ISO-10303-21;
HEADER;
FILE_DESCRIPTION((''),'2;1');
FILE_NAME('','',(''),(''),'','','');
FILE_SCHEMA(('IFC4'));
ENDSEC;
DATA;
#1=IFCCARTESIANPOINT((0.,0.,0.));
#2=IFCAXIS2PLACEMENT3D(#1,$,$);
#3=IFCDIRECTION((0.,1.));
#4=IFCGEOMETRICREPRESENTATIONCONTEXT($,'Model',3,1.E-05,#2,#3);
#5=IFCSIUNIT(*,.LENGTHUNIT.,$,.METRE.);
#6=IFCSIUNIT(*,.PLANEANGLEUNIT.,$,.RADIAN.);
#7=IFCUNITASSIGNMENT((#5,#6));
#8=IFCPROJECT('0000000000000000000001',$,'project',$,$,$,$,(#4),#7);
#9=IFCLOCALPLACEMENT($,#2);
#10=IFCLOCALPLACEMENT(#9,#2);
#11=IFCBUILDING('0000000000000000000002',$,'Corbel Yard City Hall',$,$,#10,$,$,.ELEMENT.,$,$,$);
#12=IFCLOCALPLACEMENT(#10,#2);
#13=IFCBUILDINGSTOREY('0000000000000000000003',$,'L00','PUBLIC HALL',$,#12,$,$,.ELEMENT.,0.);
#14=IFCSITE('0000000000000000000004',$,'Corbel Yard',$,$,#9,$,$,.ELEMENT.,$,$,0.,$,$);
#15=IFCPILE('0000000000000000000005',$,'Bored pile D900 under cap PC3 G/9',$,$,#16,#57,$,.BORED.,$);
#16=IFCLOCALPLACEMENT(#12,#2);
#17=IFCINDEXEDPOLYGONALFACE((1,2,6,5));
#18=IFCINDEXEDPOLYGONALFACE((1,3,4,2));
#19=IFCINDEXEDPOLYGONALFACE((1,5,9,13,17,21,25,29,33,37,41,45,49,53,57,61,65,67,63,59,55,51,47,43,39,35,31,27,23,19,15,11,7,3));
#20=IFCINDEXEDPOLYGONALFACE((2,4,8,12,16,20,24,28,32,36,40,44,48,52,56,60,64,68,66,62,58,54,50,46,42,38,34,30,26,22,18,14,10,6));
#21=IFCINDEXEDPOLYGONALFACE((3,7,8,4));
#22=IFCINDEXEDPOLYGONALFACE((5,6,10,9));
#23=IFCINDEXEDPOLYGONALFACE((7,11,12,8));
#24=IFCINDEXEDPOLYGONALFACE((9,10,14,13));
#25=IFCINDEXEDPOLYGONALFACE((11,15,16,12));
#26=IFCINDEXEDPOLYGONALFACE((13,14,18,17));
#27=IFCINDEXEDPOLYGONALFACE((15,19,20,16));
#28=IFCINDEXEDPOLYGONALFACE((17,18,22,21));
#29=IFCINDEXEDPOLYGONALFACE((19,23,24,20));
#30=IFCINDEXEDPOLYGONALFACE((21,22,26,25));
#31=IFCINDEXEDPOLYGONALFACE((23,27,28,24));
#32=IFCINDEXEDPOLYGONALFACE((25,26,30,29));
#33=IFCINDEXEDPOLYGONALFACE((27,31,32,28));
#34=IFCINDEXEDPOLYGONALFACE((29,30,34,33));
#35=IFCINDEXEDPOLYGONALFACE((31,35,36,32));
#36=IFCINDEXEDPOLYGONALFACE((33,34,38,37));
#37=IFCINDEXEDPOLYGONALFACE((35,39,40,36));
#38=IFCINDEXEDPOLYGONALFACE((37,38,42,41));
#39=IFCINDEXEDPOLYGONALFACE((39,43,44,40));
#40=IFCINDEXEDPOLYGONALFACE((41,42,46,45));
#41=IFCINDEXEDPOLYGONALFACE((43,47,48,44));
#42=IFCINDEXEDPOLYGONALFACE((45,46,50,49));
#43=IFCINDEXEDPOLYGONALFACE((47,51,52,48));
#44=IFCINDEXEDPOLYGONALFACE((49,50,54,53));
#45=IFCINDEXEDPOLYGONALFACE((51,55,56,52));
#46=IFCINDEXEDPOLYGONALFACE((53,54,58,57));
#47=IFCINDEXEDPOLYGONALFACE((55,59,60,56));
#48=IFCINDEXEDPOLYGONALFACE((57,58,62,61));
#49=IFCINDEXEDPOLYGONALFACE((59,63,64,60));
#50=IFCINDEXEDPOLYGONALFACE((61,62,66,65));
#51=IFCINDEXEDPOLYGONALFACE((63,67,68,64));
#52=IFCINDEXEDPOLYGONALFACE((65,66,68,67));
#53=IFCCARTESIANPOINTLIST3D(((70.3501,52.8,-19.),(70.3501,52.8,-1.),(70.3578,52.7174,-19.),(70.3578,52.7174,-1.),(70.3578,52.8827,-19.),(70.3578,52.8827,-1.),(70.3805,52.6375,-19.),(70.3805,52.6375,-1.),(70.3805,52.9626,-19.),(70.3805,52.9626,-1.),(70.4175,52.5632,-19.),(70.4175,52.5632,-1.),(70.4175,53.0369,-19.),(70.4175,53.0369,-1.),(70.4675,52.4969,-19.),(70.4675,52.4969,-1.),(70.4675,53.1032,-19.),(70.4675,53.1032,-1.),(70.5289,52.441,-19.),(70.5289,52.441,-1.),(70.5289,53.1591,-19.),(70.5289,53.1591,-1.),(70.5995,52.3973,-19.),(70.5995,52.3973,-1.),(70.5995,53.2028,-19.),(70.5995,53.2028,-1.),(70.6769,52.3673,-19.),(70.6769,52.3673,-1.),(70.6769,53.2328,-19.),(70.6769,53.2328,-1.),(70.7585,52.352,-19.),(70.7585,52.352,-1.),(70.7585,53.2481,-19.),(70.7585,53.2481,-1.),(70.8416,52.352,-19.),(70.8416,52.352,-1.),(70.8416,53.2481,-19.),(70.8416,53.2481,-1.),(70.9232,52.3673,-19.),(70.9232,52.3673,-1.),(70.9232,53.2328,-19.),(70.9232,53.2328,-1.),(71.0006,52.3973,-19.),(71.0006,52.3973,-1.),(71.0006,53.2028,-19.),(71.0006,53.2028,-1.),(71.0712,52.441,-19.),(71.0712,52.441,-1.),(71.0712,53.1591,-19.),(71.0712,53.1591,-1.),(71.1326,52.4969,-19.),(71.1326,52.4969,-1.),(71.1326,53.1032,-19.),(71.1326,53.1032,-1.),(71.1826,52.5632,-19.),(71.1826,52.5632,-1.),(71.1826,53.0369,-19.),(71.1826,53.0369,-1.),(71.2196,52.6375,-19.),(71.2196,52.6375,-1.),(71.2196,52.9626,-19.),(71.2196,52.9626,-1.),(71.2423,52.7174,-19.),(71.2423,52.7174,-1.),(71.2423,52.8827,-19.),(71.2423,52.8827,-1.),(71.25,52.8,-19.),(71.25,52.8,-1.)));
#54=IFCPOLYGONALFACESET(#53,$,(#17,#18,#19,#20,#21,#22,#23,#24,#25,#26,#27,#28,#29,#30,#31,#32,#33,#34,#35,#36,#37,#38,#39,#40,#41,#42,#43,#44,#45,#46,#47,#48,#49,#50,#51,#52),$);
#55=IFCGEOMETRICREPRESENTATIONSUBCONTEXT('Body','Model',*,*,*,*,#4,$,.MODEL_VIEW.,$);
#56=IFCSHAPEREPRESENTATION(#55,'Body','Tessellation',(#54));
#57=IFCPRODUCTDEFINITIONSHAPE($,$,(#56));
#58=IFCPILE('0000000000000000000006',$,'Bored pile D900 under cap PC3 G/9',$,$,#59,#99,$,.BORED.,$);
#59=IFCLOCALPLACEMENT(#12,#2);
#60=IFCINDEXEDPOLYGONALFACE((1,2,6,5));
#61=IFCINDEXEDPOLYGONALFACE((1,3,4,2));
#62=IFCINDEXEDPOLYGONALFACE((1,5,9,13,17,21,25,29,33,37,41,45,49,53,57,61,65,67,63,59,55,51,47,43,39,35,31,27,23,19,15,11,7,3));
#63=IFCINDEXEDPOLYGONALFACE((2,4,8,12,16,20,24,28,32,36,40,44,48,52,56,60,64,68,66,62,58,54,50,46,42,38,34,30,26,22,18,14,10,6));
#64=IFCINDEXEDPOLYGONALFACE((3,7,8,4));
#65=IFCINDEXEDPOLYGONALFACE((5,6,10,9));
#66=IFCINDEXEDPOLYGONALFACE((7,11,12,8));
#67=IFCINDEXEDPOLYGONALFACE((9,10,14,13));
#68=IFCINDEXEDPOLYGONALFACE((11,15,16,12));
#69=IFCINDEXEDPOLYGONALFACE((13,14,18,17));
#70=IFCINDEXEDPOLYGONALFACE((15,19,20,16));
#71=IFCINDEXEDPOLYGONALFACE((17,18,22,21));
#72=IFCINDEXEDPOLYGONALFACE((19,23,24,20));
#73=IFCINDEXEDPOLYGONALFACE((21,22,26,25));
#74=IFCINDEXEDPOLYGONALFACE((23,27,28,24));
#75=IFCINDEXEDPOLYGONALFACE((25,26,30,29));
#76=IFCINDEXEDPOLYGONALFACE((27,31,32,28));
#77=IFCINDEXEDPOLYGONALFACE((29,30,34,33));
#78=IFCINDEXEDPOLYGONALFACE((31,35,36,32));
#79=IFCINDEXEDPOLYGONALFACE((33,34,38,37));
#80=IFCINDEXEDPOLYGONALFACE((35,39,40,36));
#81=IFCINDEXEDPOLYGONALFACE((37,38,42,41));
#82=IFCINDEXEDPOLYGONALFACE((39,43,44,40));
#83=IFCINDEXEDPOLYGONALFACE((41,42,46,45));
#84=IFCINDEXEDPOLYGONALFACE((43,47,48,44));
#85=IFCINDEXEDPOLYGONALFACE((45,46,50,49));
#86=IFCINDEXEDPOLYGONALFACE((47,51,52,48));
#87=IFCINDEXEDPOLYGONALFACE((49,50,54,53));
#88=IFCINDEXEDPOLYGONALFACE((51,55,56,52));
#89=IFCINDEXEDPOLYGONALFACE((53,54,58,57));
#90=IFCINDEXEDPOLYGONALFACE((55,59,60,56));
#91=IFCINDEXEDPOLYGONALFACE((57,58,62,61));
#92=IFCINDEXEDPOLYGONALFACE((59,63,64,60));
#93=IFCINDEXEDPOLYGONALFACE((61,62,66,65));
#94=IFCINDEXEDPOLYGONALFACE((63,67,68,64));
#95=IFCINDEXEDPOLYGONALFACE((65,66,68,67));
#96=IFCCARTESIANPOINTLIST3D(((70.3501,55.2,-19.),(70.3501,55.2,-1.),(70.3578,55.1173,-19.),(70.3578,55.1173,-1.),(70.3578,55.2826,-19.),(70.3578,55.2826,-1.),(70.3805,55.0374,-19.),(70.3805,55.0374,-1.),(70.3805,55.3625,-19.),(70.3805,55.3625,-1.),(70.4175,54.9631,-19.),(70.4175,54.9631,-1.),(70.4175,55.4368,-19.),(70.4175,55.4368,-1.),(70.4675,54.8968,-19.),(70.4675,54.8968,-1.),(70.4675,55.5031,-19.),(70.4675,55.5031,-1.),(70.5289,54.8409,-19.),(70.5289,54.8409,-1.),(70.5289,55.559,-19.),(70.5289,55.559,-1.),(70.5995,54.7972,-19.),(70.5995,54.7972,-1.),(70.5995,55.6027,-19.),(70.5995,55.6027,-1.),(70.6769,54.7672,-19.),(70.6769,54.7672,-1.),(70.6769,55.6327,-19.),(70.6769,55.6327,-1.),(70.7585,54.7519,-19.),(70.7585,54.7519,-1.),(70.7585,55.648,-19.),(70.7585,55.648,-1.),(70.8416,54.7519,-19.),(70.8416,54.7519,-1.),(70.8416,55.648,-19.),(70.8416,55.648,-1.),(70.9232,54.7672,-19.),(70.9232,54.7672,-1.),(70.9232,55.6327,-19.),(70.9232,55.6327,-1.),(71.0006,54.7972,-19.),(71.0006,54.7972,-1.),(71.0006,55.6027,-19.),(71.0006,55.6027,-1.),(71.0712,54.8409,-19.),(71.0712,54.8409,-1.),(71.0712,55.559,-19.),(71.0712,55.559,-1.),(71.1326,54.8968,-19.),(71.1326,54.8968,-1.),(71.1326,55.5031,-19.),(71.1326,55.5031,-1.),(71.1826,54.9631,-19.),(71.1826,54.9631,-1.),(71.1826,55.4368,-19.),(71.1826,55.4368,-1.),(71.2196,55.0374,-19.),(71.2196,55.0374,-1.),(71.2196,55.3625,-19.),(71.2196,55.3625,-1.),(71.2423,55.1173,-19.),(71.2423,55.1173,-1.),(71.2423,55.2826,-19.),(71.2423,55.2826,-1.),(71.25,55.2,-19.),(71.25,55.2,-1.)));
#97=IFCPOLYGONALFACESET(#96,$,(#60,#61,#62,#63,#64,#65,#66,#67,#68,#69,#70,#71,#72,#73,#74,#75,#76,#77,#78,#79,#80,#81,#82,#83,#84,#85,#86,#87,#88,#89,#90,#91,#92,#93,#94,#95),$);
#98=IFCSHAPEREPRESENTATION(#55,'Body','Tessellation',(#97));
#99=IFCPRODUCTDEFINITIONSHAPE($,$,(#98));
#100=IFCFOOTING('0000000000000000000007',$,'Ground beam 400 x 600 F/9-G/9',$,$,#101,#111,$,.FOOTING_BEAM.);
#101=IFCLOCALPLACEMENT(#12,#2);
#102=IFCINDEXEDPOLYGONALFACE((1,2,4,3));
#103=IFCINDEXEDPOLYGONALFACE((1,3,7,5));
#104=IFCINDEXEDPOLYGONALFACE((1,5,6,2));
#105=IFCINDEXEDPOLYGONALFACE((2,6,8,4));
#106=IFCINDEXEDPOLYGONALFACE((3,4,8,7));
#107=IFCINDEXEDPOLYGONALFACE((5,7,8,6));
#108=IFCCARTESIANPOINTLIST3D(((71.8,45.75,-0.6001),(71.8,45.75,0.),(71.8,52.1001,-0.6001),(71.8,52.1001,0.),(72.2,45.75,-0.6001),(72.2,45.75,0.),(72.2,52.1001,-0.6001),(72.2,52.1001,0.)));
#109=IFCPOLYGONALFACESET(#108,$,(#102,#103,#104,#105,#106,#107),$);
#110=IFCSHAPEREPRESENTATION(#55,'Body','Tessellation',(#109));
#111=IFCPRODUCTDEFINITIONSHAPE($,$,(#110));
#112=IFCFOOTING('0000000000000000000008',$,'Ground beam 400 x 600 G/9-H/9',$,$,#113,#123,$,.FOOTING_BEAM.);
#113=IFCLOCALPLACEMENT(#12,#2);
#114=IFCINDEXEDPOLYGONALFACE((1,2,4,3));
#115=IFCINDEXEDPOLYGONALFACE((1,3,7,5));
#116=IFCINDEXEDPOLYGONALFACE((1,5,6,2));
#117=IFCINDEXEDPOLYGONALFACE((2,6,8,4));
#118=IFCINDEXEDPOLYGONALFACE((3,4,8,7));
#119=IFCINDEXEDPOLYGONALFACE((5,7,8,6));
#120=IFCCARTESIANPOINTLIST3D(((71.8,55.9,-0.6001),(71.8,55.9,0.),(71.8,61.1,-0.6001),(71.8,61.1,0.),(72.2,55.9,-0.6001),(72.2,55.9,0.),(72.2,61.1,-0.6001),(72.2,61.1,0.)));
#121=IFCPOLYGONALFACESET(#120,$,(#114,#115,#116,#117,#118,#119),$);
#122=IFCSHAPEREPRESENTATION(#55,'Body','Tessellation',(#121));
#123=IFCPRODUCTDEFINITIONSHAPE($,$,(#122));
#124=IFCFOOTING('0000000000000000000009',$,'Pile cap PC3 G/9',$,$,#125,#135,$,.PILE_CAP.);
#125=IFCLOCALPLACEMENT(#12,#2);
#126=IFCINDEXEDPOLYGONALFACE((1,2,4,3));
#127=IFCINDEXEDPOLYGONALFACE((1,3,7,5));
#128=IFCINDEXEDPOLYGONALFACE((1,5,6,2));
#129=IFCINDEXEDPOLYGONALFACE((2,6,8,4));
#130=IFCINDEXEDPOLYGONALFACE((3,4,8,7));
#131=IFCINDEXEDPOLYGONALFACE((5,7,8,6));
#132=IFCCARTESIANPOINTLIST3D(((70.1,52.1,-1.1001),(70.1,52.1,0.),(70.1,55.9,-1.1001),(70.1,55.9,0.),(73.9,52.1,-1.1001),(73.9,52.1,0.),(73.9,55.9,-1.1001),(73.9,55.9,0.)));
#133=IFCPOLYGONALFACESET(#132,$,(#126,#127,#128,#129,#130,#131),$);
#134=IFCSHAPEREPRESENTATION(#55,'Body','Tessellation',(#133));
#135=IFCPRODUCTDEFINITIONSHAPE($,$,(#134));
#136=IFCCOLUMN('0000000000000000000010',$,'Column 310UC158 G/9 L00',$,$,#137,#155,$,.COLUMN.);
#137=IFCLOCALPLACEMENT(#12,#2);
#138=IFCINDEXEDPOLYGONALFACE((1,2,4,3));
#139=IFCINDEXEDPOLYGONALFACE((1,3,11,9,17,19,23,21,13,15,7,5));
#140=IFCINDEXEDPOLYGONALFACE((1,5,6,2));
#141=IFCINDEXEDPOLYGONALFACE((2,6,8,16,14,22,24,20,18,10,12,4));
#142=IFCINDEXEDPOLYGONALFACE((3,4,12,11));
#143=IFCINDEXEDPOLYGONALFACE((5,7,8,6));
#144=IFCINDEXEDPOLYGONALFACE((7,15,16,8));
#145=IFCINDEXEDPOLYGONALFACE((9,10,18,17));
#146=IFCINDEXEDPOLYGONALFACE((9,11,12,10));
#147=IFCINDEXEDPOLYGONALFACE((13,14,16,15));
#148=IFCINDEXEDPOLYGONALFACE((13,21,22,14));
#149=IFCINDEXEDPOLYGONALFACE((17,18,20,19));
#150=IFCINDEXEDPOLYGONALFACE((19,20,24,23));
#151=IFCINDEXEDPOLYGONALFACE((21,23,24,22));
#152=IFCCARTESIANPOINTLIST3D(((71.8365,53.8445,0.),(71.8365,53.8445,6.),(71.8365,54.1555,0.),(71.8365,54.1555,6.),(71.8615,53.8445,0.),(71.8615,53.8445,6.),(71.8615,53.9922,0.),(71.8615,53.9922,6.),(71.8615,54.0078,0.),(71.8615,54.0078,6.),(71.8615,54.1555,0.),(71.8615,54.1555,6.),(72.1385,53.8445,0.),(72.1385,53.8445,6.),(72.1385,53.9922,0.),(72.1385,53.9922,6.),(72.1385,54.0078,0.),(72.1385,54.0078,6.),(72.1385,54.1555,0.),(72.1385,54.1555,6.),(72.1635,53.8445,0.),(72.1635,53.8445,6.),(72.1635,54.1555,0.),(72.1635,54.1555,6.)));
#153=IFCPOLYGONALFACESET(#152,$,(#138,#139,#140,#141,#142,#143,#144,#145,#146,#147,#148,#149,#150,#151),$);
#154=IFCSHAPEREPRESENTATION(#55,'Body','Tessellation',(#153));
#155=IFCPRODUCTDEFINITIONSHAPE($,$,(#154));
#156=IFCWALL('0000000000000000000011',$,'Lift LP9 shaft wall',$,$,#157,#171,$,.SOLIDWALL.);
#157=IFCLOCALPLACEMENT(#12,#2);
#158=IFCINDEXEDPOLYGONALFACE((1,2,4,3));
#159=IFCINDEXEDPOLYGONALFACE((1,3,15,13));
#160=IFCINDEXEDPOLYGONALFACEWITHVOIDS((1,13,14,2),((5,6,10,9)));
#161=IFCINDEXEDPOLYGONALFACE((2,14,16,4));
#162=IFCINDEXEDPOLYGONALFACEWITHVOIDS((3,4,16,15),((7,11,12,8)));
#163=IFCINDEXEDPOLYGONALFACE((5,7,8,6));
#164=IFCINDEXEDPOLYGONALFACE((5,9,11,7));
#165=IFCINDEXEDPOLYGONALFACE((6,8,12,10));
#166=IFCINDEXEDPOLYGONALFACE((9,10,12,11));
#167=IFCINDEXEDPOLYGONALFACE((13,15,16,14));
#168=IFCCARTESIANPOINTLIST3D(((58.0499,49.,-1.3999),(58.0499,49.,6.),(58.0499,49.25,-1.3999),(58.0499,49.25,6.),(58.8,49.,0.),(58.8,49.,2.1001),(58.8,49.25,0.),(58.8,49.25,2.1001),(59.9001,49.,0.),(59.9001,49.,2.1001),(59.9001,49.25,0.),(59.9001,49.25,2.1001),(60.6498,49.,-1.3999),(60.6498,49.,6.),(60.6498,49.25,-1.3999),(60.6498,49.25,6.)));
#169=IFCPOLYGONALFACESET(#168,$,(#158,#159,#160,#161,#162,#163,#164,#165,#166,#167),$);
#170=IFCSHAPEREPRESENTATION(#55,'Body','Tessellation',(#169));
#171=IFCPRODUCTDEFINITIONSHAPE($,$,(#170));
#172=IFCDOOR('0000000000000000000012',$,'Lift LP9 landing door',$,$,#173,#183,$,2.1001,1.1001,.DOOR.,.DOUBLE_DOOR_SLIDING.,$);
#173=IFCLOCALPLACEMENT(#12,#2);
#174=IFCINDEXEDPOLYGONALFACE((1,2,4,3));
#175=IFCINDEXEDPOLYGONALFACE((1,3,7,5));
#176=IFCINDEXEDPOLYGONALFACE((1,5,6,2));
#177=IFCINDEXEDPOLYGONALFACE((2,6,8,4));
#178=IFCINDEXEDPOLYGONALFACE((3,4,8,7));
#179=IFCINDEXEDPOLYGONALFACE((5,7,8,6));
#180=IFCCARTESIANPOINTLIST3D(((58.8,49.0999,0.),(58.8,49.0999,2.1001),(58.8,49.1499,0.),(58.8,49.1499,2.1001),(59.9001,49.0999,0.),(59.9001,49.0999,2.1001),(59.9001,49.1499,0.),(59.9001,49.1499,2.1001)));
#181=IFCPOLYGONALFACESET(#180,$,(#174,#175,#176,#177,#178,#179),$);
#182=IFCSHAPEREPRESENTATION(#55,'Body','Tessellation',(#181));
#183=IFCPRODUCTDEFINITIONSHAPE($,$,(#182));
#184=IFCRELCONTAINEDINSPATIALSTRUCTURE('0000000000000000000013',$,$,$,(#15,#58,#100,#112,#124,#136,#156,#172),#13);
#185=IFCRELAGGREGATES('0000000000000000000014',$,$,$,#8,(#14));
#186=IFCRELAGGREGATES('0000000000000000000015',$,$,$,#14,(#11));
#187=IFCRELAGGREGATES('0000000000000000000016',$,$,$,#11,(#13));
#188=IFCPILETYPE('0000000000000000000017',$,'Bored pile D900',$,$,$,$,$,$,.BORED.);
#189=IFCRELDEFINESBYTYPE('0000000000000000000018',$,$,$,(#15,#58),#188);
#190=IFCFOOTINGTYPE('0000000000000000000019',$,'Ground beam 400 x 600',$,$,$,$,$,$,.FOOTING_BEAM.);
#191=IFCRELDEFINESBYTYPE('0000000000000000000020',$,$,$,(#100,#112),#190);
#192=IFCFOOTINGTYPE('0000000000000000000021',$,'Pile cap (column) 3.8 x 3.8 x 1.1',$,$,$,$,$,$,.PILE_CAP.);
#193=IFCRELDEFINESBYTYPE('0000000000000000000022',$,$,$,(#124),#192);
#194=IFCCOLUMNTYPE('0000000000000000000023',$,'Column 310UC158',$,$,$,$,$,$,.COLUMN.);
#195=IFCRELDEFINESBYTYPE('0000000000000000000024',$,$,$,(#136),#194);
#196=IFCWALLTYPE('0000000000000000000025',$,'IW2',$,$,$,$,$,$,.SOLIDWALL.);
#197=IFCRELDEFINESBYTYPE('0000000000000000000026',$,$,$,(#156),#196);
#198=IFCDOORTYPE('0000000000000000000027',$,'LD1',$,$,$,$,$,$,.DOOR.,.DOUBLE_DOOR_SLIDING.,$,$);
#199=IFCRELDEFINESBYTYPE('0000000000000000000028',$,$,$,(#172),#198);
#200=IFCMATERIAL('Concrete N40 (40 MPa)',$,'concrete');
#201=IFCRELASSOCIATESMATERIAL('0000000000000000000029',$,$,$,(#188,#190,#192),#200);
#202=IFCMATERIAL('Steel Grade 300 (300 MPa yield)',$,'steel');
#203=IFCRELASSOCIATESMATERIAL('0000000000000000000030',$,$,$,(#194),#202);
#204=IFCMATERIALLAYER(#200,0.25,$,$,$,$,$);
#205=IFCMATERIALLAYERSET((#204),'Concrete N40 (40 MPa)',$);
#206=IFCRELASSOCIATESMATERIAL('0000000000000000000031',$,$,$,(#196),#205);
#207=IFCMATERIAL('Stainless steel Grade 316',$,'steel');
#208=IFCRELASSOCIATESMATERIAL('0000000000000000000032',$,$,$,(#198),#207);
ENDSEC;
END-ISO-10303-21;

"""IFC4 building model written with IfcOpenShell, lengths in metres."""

from ifc_helpers import new_model, si_unit, direction, frame, frame_2d, origin, origin_2d, place, context, subcontext, project, spatial, rectangle, circle, i_section, extrude, material, layer, layer_set, material_profile, profile_set, type_object, element, fill, save


model = new_model("IFC4")

# Units and contexts
model_context = context("Model", 3, precision=1e-05, world=origin(), true_north=direction((0.0, 1.0)))
body_context = subcontext(model_context, "Body", "Model", "MODEL_VIEW")
ifc_project = project(units=[si_unit("LENGTHUNIT", "METRE"), si_unit("PLANEANGLEUNIT", "RADIAN")], contexts=[model_context])

# Site, building, storey
site_placement = place(None, origin())
site = spatial("IfcSite", under=ifc_project, at=site_placement, Name="Corbel Yard", CompositionType="ELEMENT", RefElevation=0.0)
building_placement = place(site_placement, origin())
building = spatial("IfcBuilding", under=site, at=building_placement, Name="Corbel Yard City Hall", CompositionType="ELEMENT")
storey_placement = place(building_placement, origin())
storey = spatial("IfcBuildingStorey", under=building, at=storey_placement, Name="L00", Description="PUBLIC HALL", CompositionType="ELEMENT", Elevation=0.0)

# Piles
ifc_material_1 = material(Name="Concrete N40 (40 MPa)", Category="concrete")
ifc_material_profile_1 = material_profile(ifc_material_1, circle(Radius=0.45, at=origin_2d()), Name="D900")
ifc_profile_set_1 = profile_set([ifc_material_profile_1], Name="Concrete N40 (40 MPa)")
pile_type_1 = type_object("IfcPileType", Name="Bored pile D900", PredefinedType="BORED", material=ifc_profile_set_1)
for number, where, z_axis, x_axis, name in (
    (1, (70.8, 52.8, -1.0), (0.0, 0.0, -1.0), (1.0, 0.0, 0.0), "Bored pile D900 under cap PC3 G/9"),
    (2, (70.8, 55.2, -1.0), (0.0, 0.0, -1.0), (1.0, 0.0, 0.0), "Bored pile D900 under cap PC3 G/9"),
):
    element("IfcPile", number, at=place(storey_placement, frame(where, z_axis=z_axis, x_axis=x_axis)), inside=storey, type_object=pile_type_1, Name=name, PredefinedType="BORED", context=body_context, shape_type="SweptSolid", body=[
        extrude(circle(Radius=0.45, at=origin_2d()), origin(), (0.0, 0.0, 1.0), 18.0),
    ])

# Footings
footing_type_1 = type_object("IfcFootingType", Name="Ground beam 400 x 600", PredefinedType="FOOTING_BEAM", material=ifc_material_1)
footing_1_placement = place(storey_placement, frame((72.0, 48.925, -0.6001), z_axis=(0.0, 0.0, 1.0), x_axis=(1.0, 0.0, 0.0)))
element("IfcFooting", 3, at=footing_1_placement, inside=storey, type_object=footing_type_1, Name="Ground beam 400 x 600 F/9-G/9", PredefinedType="FOOTING_BEAM", context=body_context, shape_type="SweptSolid", body=[
    extrude(rectangle(XDim=0.3999, YDim=6.3501, at=origin_2d()), origin(), (0.0, 0.0, 1.0), 0.6001),
])
footing_2_placement = place(storey_placement, frame((72.0, 58.5, -0.6001), z_axis=(0.0, 0.0, 1.0), x_axis=(1.0, 0.0, 0.0)))
element("IfcFooting", 4, at=footing_2_placement, inside=storey, type_object=footing_type_1, Name="Ground beam 400 x 600 G/9-H/9", PredefinedType="FOOTING_BEAM", context=body_context, shape_type="SweptSolid", body=[
    extrude(rectangle(XDim=0.3999, YDim=5.2, at=origin_2d()), origin(), (0.0, 0.0, 1.0), 0.6001),
])
footing_type_2 = type_object("IfcFootingType", Name="Pile cap (column) 3.8 x 3.8 x 1.1", PredefinedType="PILE_CAP", material=ifc_material_1)
footing_3_placement = place(storey_placement, frame((72.0, 54.0, -1.1001), z_axis=(0.0, 0.0, 1.0), x_axis=(1.0, 0.0, 0.0)))
element("IfcFooting", 5, at=footing_3_placement, inside=storey, type_object=footing_type_2, Name="Pile cap PC3 G/9", PredefinedType="PILE_CAP", context=body_context, shape_type="SweptSolid", body=[
    extrude(rectangle(XDim=3.8, YDim=3.8, at=origin_2d()), origin(), (0.0, 0.0, 1.0), 1.1001),
])

# Column
ifc_material_2 = material(Name="Steel Grade 300 (300 MPa yield)", Category="steel")
ifc_material_profile_2 = material_profile(ifc_material_2, i_section(OverallWidth=0.311, OverallDepth=0.3269, WebThickness=0.0156, FlangeThickness=0.0249, at=origin_2d()), Name="310UC158")
ifc_profile_set_2 = profile_set([ifc_material_profile_2], Name="Steel Grade 300 (300 MPa yield)")
column_type = type_object("IfcColumnType", Name="Column 310UC158", PredefinedType="COLUMN", material=ifc_profile_set_2)
column_placement = place(storey_placement, frame((72.0, 54.0, 0.0), z_axis=(0.0, 0.0, 1.0), x_axis=(0.0, 1.0, 0.0)))
element("IfcColumn", 6, at=column_placement, inside=storey, type_object=column_type, Name="Column 310UC158 G/9 L00", PredefinedType="COLUMN", context=body_context, shape_type="SweptSolid", body=[
    extrude(i_section(OverallWidth=0.311, OverallDepth=0.3269, WebThickness=0.0156, FlangeThickness=0.0249, at=origin_2d()), origin(), (0.0, 0.0, 1.0), 6.0),
])

# Wall, opening, door
ifc_layer_1 = layer(ifc_material_1, 0.25)
ifc_layer_set_1 = layer_set([ifc_layer_1], Name="Concrete N40 (40 MPa)")
wall_type_1 = type_object("IfcWallType", Name="IW2", PredefinedType="SOLIDWALL", material=ifc_layer_set_1)
wall_1_placement = place(storey_placement, frame((58.05, 49.125, -1.3999), z_axis=(0.0, 0.0, 1.0), x_axis=(1.0, 0.0, 0.0)))
wall_1 = element("IfcWall", 7, at=wall_1_placement, inside=storey, type_object=wall_type_1, Name="Lift LP9 shaft wall", PredefinedType="SOLIDWALL", context=body_context, shape_type="SweptSolid", body=[
    extrude(rectangle(XDim=2.5999, YDim=0.25, at=frame_2d((1.2998, 0.0))), origin(), (0.0, 0.0, 1.0), 7.3999),
])
opening_1_placement = place(wall_1_placement, frame((0.75, 0.0, 1.3999)))
opening_1 = element("IfcOpeningElement", 8, at=opening_1_placement, cuts=wall_1, PredefinedType="OPENING", context=body_context, shape_type="SweptSolid", body=[
    extrude(rectangle(XDim=1.1001, YDim=2.1001, at=frame_2d((0.55, 1.05))), frame((0.0, 0.135, 0.0), z_axis=(0.0, -1.0, 0.0), x_axis=(1.0, 0.0, 0.0)), (0.0, 0.0, 1.0), 0.27),
])
ifc_material_3 = material(Name="Stainless steel Grade 316", Category="steel")
door_type_1 = type_object("IfcDoorType", Name="LD1", OperationType="DOUBLE_DOOR_SLIDING", PredefinedType="DOOR", material=ifc_material_3)
door_1_placement = place(opening_1_placement, origin())
door_1 = element("IfcDoor", 9, at=door_1_placement, inside=storey, type_object=door_type_1, Name="Lift LP9 landing door", OperationType="DOUBLE_DOOR_SLIDING", OverallHeight=2.1001, OverallWidth=1.1001, PredefinedType="DOOR", context=body_context, shape_type="SweptSolid", body=[
    extrude(rectangle(XDim=1.1001, YDim=2.1001, at=frame_2d((0.55, 1.05))), frame((0.0, 0.0249, 0.0), z_axis=(0.0, -1.0, 0.0), x_axis=(1.0, 0.0, 0.0)), (0.0, 0.0, 1.0), 0.05),
])
fill(opening_1, door_1)

save(model, "model.ifc")
